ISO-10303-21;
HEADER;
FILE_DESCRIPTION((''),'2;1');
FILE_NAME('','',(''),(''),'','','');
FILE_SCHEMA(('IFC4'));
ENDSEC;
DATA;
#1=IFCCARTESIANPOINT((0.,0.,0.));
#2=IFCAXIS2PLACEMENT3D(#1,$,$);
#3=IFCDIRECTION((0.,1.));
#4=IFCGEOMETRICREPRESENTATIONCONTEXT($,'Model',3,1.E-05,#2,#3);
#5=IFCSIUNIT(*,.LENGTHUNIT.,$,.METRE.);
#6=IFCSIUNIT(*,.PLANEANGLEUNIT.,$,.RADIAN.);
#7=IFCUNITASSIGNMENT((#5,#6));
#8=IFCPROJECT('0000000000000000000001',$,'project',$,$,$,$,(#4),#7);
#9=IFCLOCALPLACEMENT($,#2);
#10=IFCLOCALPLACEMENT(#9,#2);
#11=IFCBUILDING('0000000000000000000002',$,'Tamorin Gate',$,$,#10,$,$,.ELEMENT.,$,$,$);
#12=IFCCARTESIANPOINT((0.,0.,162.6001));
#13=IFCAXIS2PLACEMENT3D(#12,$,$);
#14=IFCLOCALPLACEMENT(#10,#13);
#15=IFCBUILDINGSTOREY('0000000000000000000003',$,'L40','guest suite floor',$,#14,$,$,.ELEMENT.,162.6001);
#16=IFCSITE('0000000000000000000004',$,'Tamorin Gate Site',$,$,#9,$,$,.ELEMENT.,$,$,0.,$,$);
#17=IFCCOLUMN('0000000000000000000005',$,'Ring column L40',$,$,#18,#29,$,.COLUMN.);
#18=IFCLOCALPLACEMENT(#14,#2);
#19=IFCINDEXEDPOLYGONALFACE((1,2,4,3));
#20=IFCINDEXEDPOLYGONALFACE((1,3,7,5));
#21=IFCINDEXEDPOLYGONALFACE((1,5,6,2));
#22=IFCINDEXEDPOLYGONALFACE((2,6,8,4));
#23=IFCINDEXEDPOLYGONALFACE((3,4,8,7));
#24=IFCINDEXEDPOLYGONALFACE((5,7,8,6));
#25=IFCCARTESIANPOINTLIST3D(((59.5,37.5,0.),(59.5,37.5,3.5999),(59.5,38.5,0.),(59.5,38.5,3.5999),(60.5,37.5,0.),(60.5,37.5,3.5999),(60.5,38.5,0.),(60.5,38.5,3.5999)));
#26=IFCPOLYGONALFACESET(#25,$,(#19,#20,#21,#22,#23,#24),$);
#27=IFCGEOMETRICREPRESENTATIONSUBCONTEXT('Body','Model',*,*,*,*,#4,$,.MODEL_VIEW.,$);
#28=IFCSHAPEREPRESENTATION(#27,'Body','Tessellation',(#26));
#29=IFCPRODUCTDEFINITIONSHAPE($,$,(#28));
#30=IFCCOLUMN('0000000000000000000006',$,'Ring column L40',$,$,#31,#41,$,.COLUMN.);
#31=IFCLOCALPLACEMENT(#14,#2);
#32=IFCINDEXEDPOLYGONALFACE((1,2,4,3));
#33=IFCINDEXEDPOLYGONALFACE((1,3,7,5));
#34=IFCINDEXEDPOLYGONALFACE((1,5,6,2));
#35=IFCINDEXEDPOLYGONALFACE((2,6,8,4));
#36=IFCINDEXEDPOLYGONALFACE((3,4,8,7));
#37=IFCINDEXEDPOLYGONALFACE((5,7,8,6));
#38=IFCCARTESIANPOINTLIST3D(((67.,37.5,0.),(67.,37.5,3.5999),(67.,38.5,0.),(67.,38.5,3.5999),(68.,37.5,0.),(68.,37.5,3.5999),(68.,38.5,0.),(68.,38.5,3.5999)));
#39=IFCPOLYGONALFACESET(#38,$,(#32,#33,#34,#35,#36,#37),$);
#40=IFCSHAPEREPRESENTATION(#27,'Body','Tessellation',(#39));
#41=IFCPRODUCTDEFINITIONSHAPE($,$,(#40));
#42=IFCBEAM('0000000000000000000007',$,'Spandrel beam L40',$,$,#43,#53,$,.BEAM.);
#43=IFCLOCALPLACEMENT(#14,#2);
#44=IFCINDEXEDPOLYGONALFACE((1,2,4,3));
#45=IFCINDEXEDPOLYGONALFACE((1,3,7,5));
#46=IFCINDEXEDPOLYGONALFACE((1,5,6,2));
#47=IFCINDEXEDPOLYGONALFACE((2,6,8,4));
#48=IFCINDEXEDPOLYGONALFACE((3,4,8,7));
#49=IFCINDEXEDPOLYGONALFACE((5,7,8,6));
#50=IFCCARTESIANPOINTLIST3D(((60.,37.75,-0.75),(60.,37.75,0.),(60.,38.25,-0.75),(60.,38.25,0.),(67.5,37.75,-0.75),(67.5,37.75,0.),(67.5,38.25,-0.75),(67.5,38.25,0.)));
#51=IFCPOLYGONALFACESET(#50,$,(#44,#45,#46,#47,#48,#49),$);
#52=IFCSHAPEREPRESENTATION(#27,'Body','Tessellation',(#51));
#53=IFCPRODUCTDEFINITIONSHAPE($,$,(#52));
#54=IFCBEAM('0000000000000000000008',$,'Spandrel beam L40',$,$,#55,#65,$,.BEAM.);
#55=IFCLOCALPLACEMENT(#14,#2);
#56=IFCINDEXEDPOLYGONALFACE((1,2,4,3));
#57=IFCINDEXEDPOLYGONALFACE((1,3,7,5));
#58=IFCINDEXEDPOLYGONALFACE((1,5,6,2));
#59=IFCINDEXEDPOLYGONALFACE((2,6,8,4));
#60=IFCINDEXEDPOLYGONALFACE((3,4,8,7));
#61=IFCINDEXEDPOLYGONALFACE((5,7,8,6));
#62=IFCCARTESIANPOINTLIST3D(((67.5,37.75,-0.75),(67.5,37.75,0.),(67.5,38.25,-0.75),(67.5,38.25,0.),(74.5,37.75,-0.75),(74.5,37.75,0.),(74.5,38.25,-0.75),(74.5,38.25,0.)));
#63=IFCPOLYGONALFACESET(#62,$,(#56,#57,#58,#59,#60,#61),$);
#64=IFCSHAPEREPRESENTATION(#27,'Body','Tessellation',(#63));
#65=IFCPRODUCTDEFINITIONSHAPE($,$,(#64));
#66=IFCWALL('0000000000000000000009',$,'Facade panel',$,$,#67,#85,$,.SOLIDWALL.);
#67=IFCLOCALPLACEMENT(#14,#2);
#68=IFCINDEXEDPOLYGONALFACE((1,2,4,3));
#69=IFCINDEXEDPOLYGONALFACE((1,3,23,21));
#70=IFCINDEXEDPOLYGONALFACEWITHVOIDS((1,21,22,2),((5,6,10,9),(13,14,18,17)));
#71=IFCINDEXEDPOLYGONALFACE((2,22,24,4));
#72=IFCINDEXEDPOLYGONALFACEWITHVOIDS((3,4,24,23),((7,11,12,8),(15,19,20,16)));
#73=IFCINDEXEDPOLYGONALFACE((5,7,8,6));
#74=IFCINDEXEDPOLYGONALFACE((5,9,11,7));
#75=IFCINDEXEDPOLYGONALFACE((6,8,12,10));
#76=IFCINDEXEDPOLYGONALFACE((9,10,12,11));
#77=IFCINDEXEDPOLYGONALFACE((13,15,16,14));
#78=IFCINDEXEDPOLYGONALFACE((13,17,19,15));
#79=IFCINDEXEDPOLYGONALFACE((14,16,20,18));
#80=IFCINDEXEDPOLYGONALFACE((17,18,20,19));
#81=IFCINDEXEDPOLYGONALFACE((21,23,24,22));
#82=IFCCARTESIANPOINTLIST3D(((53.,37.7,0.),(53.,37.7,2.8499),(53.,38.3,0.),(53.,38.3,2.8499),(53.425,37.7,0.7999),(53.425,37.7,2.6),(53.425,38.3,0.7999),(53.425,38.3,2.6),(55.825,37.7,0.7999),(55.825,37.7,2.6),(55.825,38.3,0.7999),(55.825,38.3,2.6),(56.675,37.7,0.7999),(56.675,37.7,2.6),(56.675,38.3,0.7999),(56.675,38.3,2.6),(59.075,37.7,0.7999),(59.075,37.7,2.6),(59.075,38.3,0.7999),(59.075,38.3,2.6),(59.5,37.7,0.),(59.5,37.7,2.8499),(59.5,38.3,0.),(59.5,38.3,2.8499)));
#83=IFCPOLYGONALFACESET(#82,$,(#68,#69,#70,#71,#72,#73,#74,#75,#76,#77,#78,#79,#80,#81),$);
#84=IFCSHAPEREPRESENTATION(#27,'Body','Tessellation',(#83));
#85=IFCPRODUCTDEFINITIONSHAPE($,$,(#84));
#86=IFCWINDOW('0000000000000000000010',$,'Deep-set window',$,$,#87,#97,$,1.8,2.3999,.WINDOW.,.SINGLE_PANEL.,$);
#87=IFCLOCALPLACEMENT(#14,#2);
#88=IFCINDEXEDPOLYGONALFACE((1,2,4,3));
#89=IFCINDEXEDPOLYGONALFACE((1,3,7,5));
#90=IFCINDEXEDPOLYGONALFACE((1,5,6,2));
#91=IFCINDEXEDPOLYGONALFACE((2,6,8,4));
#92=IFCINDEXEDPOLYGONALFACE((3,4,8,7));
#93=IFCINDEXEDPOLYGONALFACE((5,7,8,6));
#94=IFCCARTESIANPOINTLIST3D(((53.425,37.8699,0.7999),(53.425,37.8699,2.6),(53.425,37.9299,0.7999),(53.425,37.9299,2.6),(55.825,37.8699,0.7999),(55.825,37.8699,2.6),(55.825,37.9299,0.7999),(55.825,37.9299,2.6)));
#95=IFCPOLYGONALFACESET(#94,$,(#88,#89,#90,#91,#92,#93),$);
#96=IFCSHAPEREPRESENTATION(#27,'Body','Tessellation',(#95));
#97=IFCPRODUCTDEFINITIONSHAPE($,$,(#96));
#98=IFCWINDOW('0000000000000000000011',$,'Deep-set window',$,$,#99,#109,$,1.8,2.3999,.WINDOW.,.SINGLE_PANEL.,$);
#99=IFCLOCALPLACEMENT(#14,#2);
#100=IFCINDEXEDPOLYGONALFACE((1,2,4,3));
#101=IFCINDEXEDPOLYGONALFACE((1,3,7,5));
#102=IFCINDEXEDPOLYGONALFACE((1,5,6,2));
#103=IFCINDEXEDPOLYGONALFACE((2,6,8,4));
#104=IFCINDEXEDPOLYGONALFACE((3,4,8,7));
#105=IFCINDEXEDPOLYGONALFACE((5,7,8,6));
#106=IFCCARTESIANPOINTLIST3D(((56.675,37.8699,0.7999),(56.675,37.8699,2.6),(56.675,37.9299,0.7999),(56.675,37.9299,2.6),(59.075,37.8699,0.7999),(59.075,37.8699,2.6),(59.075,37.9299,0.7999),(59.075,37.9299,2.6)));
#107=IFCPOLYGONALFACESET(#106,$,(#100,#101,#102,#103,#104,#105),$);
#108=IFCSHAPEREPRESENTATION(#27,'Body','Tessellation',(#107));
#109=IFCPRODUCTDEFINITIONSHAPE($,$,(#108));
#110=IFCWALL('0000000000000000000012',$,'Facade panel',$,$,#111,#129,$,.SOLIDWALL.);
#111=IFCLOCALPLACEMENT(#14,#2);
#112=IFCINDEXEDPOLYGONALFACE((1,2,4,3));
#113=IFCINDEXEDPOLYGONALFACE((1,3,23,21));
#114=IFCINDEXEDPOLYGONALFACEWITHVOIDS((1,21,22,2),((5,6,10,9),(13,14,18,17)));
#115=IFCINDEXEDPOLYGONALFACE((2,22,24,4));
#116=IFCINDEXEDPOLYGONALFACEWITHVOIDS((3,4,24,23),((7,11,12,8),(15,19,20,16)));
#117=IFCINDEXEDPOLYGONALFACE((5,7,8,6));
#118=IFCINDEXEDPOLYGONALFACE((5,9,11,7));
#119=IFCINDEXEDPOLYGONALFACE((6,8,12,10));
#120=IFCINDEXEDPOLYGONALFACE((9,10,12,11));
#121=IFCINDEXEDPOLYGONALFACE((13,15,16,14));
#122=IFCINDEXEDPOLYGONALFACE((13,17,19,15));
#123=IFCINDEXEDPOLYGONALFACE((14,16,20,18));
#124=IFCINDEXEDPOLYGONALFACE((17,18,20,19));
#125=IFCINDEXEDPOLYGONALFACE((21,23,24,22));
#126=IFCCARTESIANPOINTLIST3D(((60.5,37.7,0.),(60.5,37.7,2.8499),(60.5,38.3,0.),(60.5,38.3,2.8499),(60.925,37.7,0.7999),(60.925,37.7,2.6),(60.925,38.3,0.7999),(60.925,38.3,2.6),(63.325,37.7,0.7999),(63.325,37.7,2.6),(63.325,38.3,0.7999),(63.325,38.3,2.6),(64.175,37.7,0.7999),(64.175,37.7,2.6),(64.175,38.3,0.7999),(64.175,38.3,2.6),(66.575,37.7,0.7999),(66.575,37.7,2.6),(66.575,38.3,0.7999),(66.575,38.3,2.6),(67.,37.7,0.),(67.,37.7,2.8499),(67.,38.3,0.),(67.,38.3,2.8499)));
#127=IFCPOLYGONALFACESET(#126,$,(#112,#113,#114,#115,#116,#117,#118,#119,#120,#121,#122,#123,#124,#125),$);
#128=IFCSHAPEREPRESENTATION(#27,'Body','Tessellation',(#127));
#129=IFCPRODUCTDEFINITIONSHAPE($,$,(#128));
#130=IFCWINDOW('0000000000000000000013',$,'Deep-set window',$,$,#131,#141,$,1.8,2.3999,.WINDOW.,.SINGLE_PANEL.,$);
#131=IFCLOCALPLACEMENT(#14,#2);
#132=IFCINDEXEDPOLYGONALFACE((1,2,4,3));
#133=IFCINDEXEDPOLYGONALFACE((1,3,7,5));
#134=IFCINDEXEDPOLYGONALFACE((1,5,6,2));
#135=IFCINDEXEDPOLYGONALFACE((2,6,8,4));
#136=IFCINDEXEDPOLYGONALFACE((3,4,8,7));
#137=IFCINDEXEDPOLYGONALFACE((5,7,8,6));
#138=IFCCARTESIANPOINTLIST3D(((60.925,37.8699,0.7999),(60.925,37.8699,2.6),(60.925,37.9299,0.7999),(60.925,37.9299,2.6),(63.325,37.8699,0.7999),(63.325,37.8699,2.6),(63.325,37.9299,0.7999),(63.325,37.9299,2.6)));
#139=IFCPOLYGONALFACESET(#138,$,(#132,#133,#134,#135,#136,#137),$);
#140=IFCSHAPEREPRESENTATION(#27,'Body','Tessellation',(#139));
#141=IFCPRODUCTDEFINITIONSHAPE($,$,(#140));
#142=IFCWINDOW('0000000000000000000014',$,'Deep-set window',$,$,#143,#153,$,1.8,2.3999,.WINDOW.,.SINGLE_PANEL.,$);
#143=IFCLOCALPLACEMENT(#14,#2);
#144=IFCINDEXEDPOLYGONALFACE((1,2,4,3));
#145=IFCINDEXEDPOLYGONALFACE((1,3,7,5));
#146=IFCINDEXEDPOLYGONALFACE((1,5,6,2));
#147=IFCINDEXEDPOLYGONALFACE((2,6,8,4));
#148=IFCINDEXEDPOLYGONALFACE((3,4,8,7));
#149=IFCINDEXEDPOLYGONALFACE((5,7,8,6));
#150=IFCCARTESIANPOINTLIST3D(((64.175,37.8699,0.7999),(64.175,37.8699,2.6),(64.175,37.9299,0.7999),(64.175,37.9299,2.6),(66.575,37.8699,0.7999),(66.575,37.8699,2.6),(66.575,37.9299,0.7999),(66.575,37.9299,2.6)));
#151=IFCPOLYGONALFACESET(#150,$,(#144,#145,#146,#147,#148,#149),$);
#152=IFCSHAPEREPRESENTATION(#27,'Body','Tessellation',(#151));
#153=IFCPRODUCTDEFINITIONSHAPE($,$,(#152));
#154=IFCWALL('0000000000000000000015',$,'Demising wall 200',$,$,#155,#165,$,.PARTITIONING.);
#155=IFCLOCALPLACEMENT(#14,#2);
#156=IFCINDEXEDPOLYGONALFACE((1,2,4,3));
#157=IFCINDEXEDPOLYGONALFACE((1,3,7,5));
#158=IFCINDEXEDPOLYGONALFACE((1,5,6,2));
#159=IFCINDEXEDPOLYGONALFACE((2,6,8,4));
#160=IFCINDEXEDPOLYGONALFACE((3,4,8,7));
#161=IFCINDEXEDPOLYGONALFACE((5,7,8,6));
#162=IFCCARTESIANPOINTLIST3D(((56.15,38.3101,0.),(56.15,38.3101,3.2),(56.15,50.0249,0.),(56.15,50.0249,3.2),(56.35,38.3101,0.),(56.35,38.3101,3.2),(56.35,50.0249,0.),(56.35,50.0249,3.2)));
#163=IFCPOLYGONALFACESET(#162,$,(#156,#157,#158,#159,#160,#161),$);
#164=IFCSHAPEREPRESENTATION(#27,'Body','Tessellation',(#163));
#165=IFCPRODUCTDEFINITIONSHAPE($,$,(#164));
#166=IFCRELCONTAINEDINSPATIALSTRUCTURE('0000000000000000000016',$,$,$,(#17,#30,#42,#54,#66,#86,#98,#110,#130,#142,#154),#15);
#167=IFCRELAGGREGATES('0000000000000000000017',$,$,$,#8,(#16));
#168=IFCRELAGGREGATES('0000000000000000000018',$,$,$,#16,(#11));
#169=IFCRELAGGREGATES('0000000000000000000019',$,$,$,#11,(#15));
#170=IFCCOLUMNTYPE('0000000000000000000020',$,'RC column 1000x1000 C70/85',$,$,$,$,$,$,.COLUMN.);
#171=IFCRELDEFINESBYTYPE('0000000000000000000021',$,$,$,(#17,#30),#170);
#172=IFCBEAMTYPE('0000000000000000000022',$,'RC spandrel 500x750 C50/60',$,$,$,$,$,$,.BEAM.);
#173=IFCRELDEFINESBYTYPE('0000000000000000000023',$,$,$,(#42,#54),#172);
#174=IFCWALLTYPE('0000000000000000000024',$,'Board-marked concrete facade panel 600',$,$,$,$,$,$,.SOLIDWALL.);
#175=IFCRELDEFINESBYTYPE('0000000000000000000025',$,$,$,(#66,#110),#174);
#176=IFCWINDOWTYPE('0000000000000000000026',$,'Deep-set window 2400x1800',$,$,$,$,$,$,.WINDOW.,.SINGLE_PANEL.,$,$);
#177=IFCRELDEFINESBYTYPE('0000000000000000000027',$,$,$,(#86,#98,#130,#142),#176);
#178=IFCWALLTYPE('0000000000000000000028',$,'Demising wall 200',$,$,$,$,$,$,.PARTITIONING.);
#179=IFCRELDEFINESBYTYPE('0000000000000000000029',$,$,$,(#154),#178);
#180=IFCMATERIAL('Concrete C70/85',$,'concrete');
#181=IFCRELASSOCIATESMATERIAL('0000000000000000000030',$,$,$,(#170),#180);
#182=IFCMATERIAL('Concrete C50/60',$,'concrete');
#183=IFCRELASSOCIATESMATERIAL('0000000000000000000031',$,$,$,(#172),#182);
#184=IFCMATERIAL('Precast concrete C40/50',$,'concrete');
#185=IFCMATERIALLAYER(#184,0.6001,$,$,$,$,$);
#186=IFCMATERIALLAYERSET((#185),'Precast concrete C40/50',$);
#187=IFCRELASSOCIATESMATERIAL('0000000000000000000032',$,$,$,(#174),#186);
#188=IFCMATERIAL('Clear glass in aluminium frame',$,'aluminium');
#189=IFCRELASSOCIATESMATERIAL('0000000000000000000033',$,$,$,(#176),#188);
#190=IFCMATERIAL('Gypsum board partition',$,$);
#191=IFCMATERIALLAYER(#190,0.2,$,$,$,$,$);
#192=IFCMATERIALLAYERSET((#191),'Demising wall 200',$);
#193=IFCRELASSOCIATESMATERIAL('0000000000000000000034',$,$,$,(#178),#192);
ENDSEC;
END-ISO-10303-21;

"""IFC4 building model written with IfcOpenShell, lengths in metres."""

from ifc_helpers import new_model, si_unit, direction, frame, frame_2d, origin, origin_2d, place, context, subcontext, project, spatial, rectangle, extrude, material, layer, layer_set, material_profile, profile_set, type_object, element, fill, save


model = new_model("IFC4")

# Units and contexts
model_context = context("Model", 3, precision=1e-05, world=origin(), true_north=direction((0.0, 1.0)))
body_context = subcontext(model_context, "Body", "Model", "MODEL_VIEW")
ifc_project = project(units=[si_unit("LENGTHUNIT", "METRE"), si_unit("PLANEANGLEUNIT", "RADIAN")], contexts=[model_context])

# Site, building, storey
site_placement = place(None, origin())
site = spatial("IfcSite", under=ifc_project, at=site_placement, Name="Tamorin Gate Site", CompositionType="ELEMENT", RefElevation=0.0)
building_placement = place(site_placement, origin())
building = spatial("IfcBuilding", under=site, at=building_placement, Name="Tamorin Gate", CompositionType="ELEMENT")
storey_placement = place(building_placement, frame((0.0, 0.0, 162.6001)))
storey = spatial("IfcBuildingStorey", under=building, at=storey_placement, Name="L40", Description="guest suite floor", CompositionType="ELEMENT", Elevation=162.6001)

# Columns
ifc_material_1 = material(Name="Concrete C70/85", Category="concrete")
ifc_material_profile_1 = material_profile(ifc_material_1, rectangle(XDim=1.0, YDim=1.0, at=origin_2d()), Name="RC 1000x1000")
ifc_profile_set_1 = profile_set([ifc_material_profile_1], Name="Concrete C70/85")
column_type = type_object("IfcColumnType", Name="RC column 1000x1000 C70/85", PredefinedType="COLUMN", material=ifc_profile_set_1)
for number, where, z_axis, x_axis, name in (
    (1, (60.0, 38.0, 0.0), (0.0, 0.0, 1.0), (1.0, 0.0, 0.0), "Ring column L40"),
    (2, (67.5, 38.0, 0.0), (0.0, 0.0, 1.0), (1.0, 0.0, 0.0), "Ring column L40"),
):
    element("IfcColumn", number, at=place(storey_placement, frame(where, z_axis=z_axis, x_axis=x_axis)), inside=storey, type_object=column_type, Name=name, PredefinedType="COLUMN", context=body_context, shape_type="SweptSolid", body=[
        extrude(rectangle(XDim=1.0, YDim=1.0, at=origin_2d()), origin(), (0.0, 0.0, 1.0), 3.5999),
    ])

# Beams
ifc_material_2 = material(Name="Concrete C50/60", Category="concrete")
ifc_material_profile_2 = material_profile(ifc_material_2, rectangle(XDim=0.5, YDim=0.75, at=origin_2d()), Name="RC 500x750")
ifc_profile_set_2 = profile_set([ifc_material_profile_2], Name="Concrete C50/60")
beam_type = type_object("IfcBeamType", Name="RC spandrel 500x750 C50/60", PredefinedType="BEAM", material=ifc_profile_set_2)
beam_1_placement = place(storey_placement, frame((60.0, 38.0, -0.375), z_axis=(1.0, 0.0, 0.0), x_axis=(0.0, 1.0, 0.0)))
element("IfcBeam", 3, at=beam_1_placement, inside=storey, type_object=beam_type, Name="Spandrel beam L40", PredefinedType="BEAM", context=body_context, shape_type="SweptSolid", body=[
    extrude(rectangle(XDim=0.5, YDim=0.75, at=origin_2d()), origin(), (0.0, 0.0, 1.0), 7.5),
])
beam_2_placement = place(storey_placement, frame((67.5, 38.0, -0.375), z_axis=(1.0, 0.0, 0.0), x_axis=(0.0, 1.0, 0.0)))
element("IfcBeam", 4, at=beam_2_placement, inside=storey, type_object=beam_type, Name="Spandrel beam L40", PredefinedType="BEAM", context=body_context, shape_type="SweptSolid", body=[
    extrude(rectangle(XDim=0.5, YDim=0.75, at=origin_2d()), origin(), (0.0, 0.0, 1.0), 7.0),
])

# Walls, openings, windows
ifc_material_3 = material(Name="Precast concrete C40/50", Category="concrete")
ifc_layer_1 = layer(ifc_material_3, 0.6001)
ifc_layer_set_1 = layer_set([ifc_layer_1], Name="Precast concrete C40/50")
wall_type_1 = type_object("IfcWallType", Name="Board-marked concrete facade panel 600", PredefinedType="SOLIDWALL", material=ifc_layer_set_1)
wall_1_placement = place(storey_placement, frame((53.0, 38.0, 0.0), z_axis=(0.0, 0.0, 1.0), x_axis=(1.0, 0.0, 0.0)))
wall_1 = element("IfcWall", 5, at=wall_1_placement, inside=storey, type_object=wall_type_1, Name="Facade panel", PredefinedType="SOLIDWALL", context=body_context, shape_type="SweptSolid", body=[
    extrude(rectangle(XDim=6.5, YDim=0.6001, at=frame_2d((3.25, 0.0))), origin(), (0.0, 0.0, 1.0), 2.8499),
])
opening_1_placement = place(wall_1_placement, frame((0.425, 0.0, 0.8)))
opening_1 = element("IfcOpeningElement", 6, at=opening_1_placement, cuts=wall_1, PredefinedType="OPENING", context=body_context, shape_type="SweptSolid", body=[
    extrude(rectangle(XDim=2.3999, YDim=1.8, at=frame_2d((1.2, 0.8999))), frame((0.0, 0.3101, 0.0), z_axis=(0.0, -1.0, 0.0), x_axis=(1.0, 0.0, 0.0)), (0.0, 0.0, 1.0), 0.6201),
])
opening_2_placement = place(wall_1_placement, frame((3.675, 0.0, 0.8)))
opening_2 = element("IfcOpeningElement", 7, at=opening_2_placement, cuts=wall_1, PredefinedType="OPENING", context=body_context, shape_type="SweptSolid", body=[
    extrude(rectangle(XDim=2.3999, YDim=1.8, at=frame_2d((1.2, 0.8999))), frame((0.0, 0.3101, 0.0), z_axis=(0.0, -1.0, 0.0), x_axis=(1.0, 0.0, 0.0)), (0.0, 0.0, 1.0), 0.6201),
])
ifc_material_4 = material(Name="Clear glass in aluminium frame", Category="aluminium")
window_type = type_object("IfcWindowType", Name="Deep-set window 2400x1800", PartitioningType="SINGLE_PANEL", PredefinedType="WINDOW", material=ifc_material_4)
window_1_placement = place(opening_1_placement, origin())
window_1 = element("IfcWindow", 8, at=window_1_placement, inside=storey, type_object=window_type, Name="Deep-set window", OverallHeight=1.8, OverallWidth=2.3999, PartitioningType="SINGLE_PANEL", PredefinedType="WINDOW", context=body_context, shape_type="SweptSolid", body=[
    extrude(rectangle(XDim=2.3999, YDim=1.8, at=frame_2d((1.2, 0.8999))), frame((0.0, -0.0701, 0.0), z_axis=(0.0, -1.0, 0.0), x_axis=(1.0, 0.0, 0.0)), (0.0, 0.0, 1.0), 0.0601),
])
fill(opening_1, window_1)
window_2_placement = place(opening_2_placement, origin())
window_2 = element("IfcWindow", 9, at=window_2_placement, inside=storey, type_object=window_type, Name="Deep-set window", OverallHeight=1.8, OverallWidth=2.3999, PartitioningType="SINGLE_PANEL", PredefinedType="WINDOW", context=body_context, shape_type="SweptSolid", body=[
    extrude(rectangle(XDim=2.3999, YDim=1.8, at=frame_2d((1.2, 0.8999))), frame((0.0, -0.0701, 0.0), z_axis=(0.0, -1.0, 0.0), x_axis=(1.0, 0.0, 0.0)), (0.0, 0.0, 1.0), 0.0601),
])
fill(opening_2, window_2)
wall_2_placement = place(storey_placement, frame((60.5, 38.0, 0.0), z_axis=(0.0, 0.0, 1.0), x_axis=(1.0, 0.0, 0.0)))
wall_2 = element("IfcWall", 10, at=wall_2_placement, inside=storey, type_object=wall_type_1, Name="Facade panel", PredefinedType="SOLIDWALL", context=body_context, shape_type="SweptSolid", body=[
    extrude(rectangle(XDim=6.5, YDim=0.6001, at=frame_2d((3.25, 0.0))), origin(), (0.0, 0.0, 1.0), 2.8499),
])
opening_3_placement = place(wall_2_placement, frame((0.425, 0.0, 0.8)))
opening_3 = element("IfcOpeningElement", 11, at=opening_3_placement, cuts=wall_2, PredefinedType="OPENING", context=body_context, shape_type="SweptSolid", body=[
    extrude(rectangle(XDim=2.3999, YDim=1.8, at=frame_2d((1.2, 0.8999))), frame((0.0, 0.3101, 0.0), z_axis=(0.0, -1.0, 0.0), x_axis=(1.0, 0.0, 0.0)), (0.0, 0.0, 1.0), 0.6201),
])
opening_4_placement = place(wall_2_placement, frame((3.675, 0.0, 0.8)))
opening_4 = element("IfcOpeningElement", 12, at=opening_4_placement, cuts=wall_2, PredefinedType="OPENING", context=body_context, shape_type="SweptSolid", body=[
    extrude(rectangle(XDim=2.3999, YDim=1.8, at=frame_2d((1.2, 0.8999))), frame((0.0, 0.3101, 0.0), z_axis=(0.0, -1.0, 0.0), x_axis=(1.0, 0.0, 0.0)), (0.0, 0.0, 1.0), 0.6201),
])
window_3_placement = place(opening_3_placement, origin())
window_3 = element("IfcWindow", 13, at=window_3_placement, inside=storey, type_object=window_type, Name="Deep-set window", OverallHeight=1.8, OverallWidth=2.3999, PartitioningType="SINGLE_PANEL", PredefinedType="WINDOW", context=body_context, shape_type="SweptSolid", body=[
    extrude(rectangle(XDim=2.3999, YDim=1.8, at=frame_2d((1.2, 0.8999))), frame((0.0, -0.0701, 0.0), z_axis=(0.0, -1.0, 0.0), x_axis=(1.0, 0.0, 0.0)), (0.0, 0.0, 1.0), 0.0601),
])
fill(opening_3, window_3)
window_4_placement = place(opening_4_placement, origin())
window_4 = element("IfcWindow", 14, at=window_4_placement, inside=storey, type_object=window_type, Name="Deep-set window", OverallHeight=1.8, OverallWidth=2.3999, PartitioningType="SINGLE_PANEL", PredefinedType="WINDOW", context=body_context, shape_type="SweptSolid", body=[
    extrude(rectangle(XDim=2.3999, YDim=1.8, at=frame_2d((1.2, 0.8999))), frame((0.0, -0.0701, 0.0), z_axis=(0.0, -1.0, 0.0), x_axis=(1.0, 0.0, 0.0)), (0.0, 0.0, 1.0), 0.0601),
])
fill(opening_4, window_4)

# Wall
ifc_material_5 = material(Name="Gypsum board partition")
ifc_layer_2 = layer(ifc_material_5, 0.2)
ifc_layer_set_2 = layer_set([ifc_layer_2], Name="Demising wall 200")
wall_type_2 = type_object("IfcWallType", Name="Demising wall 200", PredefinedType="PARTITIONING", material=ifc_layer_set_2)
wall_3_placement = place(storey_placement, frame((56.25, 38.3101, 0.0), z_axis=(0.0, 0.0, 1.0), x_axis=(0.0, 1.0, 0.0)))
element("IfcWall", 15, at=wall_3_placement, inside=storey, type_object=wall_type_2, Name="Demising wall 200", PredefinedType="PARTITIONING", context=body_context, shape_type="SweptSolid", body=[
    extrude(rectangle(XDim=11.7148, YDim=0.2, at=frame_2d((5.8574, 0.0))), origin(), (0.0, 0.0, 1.0), 3.2),
])

save(model, "model.ifc")
